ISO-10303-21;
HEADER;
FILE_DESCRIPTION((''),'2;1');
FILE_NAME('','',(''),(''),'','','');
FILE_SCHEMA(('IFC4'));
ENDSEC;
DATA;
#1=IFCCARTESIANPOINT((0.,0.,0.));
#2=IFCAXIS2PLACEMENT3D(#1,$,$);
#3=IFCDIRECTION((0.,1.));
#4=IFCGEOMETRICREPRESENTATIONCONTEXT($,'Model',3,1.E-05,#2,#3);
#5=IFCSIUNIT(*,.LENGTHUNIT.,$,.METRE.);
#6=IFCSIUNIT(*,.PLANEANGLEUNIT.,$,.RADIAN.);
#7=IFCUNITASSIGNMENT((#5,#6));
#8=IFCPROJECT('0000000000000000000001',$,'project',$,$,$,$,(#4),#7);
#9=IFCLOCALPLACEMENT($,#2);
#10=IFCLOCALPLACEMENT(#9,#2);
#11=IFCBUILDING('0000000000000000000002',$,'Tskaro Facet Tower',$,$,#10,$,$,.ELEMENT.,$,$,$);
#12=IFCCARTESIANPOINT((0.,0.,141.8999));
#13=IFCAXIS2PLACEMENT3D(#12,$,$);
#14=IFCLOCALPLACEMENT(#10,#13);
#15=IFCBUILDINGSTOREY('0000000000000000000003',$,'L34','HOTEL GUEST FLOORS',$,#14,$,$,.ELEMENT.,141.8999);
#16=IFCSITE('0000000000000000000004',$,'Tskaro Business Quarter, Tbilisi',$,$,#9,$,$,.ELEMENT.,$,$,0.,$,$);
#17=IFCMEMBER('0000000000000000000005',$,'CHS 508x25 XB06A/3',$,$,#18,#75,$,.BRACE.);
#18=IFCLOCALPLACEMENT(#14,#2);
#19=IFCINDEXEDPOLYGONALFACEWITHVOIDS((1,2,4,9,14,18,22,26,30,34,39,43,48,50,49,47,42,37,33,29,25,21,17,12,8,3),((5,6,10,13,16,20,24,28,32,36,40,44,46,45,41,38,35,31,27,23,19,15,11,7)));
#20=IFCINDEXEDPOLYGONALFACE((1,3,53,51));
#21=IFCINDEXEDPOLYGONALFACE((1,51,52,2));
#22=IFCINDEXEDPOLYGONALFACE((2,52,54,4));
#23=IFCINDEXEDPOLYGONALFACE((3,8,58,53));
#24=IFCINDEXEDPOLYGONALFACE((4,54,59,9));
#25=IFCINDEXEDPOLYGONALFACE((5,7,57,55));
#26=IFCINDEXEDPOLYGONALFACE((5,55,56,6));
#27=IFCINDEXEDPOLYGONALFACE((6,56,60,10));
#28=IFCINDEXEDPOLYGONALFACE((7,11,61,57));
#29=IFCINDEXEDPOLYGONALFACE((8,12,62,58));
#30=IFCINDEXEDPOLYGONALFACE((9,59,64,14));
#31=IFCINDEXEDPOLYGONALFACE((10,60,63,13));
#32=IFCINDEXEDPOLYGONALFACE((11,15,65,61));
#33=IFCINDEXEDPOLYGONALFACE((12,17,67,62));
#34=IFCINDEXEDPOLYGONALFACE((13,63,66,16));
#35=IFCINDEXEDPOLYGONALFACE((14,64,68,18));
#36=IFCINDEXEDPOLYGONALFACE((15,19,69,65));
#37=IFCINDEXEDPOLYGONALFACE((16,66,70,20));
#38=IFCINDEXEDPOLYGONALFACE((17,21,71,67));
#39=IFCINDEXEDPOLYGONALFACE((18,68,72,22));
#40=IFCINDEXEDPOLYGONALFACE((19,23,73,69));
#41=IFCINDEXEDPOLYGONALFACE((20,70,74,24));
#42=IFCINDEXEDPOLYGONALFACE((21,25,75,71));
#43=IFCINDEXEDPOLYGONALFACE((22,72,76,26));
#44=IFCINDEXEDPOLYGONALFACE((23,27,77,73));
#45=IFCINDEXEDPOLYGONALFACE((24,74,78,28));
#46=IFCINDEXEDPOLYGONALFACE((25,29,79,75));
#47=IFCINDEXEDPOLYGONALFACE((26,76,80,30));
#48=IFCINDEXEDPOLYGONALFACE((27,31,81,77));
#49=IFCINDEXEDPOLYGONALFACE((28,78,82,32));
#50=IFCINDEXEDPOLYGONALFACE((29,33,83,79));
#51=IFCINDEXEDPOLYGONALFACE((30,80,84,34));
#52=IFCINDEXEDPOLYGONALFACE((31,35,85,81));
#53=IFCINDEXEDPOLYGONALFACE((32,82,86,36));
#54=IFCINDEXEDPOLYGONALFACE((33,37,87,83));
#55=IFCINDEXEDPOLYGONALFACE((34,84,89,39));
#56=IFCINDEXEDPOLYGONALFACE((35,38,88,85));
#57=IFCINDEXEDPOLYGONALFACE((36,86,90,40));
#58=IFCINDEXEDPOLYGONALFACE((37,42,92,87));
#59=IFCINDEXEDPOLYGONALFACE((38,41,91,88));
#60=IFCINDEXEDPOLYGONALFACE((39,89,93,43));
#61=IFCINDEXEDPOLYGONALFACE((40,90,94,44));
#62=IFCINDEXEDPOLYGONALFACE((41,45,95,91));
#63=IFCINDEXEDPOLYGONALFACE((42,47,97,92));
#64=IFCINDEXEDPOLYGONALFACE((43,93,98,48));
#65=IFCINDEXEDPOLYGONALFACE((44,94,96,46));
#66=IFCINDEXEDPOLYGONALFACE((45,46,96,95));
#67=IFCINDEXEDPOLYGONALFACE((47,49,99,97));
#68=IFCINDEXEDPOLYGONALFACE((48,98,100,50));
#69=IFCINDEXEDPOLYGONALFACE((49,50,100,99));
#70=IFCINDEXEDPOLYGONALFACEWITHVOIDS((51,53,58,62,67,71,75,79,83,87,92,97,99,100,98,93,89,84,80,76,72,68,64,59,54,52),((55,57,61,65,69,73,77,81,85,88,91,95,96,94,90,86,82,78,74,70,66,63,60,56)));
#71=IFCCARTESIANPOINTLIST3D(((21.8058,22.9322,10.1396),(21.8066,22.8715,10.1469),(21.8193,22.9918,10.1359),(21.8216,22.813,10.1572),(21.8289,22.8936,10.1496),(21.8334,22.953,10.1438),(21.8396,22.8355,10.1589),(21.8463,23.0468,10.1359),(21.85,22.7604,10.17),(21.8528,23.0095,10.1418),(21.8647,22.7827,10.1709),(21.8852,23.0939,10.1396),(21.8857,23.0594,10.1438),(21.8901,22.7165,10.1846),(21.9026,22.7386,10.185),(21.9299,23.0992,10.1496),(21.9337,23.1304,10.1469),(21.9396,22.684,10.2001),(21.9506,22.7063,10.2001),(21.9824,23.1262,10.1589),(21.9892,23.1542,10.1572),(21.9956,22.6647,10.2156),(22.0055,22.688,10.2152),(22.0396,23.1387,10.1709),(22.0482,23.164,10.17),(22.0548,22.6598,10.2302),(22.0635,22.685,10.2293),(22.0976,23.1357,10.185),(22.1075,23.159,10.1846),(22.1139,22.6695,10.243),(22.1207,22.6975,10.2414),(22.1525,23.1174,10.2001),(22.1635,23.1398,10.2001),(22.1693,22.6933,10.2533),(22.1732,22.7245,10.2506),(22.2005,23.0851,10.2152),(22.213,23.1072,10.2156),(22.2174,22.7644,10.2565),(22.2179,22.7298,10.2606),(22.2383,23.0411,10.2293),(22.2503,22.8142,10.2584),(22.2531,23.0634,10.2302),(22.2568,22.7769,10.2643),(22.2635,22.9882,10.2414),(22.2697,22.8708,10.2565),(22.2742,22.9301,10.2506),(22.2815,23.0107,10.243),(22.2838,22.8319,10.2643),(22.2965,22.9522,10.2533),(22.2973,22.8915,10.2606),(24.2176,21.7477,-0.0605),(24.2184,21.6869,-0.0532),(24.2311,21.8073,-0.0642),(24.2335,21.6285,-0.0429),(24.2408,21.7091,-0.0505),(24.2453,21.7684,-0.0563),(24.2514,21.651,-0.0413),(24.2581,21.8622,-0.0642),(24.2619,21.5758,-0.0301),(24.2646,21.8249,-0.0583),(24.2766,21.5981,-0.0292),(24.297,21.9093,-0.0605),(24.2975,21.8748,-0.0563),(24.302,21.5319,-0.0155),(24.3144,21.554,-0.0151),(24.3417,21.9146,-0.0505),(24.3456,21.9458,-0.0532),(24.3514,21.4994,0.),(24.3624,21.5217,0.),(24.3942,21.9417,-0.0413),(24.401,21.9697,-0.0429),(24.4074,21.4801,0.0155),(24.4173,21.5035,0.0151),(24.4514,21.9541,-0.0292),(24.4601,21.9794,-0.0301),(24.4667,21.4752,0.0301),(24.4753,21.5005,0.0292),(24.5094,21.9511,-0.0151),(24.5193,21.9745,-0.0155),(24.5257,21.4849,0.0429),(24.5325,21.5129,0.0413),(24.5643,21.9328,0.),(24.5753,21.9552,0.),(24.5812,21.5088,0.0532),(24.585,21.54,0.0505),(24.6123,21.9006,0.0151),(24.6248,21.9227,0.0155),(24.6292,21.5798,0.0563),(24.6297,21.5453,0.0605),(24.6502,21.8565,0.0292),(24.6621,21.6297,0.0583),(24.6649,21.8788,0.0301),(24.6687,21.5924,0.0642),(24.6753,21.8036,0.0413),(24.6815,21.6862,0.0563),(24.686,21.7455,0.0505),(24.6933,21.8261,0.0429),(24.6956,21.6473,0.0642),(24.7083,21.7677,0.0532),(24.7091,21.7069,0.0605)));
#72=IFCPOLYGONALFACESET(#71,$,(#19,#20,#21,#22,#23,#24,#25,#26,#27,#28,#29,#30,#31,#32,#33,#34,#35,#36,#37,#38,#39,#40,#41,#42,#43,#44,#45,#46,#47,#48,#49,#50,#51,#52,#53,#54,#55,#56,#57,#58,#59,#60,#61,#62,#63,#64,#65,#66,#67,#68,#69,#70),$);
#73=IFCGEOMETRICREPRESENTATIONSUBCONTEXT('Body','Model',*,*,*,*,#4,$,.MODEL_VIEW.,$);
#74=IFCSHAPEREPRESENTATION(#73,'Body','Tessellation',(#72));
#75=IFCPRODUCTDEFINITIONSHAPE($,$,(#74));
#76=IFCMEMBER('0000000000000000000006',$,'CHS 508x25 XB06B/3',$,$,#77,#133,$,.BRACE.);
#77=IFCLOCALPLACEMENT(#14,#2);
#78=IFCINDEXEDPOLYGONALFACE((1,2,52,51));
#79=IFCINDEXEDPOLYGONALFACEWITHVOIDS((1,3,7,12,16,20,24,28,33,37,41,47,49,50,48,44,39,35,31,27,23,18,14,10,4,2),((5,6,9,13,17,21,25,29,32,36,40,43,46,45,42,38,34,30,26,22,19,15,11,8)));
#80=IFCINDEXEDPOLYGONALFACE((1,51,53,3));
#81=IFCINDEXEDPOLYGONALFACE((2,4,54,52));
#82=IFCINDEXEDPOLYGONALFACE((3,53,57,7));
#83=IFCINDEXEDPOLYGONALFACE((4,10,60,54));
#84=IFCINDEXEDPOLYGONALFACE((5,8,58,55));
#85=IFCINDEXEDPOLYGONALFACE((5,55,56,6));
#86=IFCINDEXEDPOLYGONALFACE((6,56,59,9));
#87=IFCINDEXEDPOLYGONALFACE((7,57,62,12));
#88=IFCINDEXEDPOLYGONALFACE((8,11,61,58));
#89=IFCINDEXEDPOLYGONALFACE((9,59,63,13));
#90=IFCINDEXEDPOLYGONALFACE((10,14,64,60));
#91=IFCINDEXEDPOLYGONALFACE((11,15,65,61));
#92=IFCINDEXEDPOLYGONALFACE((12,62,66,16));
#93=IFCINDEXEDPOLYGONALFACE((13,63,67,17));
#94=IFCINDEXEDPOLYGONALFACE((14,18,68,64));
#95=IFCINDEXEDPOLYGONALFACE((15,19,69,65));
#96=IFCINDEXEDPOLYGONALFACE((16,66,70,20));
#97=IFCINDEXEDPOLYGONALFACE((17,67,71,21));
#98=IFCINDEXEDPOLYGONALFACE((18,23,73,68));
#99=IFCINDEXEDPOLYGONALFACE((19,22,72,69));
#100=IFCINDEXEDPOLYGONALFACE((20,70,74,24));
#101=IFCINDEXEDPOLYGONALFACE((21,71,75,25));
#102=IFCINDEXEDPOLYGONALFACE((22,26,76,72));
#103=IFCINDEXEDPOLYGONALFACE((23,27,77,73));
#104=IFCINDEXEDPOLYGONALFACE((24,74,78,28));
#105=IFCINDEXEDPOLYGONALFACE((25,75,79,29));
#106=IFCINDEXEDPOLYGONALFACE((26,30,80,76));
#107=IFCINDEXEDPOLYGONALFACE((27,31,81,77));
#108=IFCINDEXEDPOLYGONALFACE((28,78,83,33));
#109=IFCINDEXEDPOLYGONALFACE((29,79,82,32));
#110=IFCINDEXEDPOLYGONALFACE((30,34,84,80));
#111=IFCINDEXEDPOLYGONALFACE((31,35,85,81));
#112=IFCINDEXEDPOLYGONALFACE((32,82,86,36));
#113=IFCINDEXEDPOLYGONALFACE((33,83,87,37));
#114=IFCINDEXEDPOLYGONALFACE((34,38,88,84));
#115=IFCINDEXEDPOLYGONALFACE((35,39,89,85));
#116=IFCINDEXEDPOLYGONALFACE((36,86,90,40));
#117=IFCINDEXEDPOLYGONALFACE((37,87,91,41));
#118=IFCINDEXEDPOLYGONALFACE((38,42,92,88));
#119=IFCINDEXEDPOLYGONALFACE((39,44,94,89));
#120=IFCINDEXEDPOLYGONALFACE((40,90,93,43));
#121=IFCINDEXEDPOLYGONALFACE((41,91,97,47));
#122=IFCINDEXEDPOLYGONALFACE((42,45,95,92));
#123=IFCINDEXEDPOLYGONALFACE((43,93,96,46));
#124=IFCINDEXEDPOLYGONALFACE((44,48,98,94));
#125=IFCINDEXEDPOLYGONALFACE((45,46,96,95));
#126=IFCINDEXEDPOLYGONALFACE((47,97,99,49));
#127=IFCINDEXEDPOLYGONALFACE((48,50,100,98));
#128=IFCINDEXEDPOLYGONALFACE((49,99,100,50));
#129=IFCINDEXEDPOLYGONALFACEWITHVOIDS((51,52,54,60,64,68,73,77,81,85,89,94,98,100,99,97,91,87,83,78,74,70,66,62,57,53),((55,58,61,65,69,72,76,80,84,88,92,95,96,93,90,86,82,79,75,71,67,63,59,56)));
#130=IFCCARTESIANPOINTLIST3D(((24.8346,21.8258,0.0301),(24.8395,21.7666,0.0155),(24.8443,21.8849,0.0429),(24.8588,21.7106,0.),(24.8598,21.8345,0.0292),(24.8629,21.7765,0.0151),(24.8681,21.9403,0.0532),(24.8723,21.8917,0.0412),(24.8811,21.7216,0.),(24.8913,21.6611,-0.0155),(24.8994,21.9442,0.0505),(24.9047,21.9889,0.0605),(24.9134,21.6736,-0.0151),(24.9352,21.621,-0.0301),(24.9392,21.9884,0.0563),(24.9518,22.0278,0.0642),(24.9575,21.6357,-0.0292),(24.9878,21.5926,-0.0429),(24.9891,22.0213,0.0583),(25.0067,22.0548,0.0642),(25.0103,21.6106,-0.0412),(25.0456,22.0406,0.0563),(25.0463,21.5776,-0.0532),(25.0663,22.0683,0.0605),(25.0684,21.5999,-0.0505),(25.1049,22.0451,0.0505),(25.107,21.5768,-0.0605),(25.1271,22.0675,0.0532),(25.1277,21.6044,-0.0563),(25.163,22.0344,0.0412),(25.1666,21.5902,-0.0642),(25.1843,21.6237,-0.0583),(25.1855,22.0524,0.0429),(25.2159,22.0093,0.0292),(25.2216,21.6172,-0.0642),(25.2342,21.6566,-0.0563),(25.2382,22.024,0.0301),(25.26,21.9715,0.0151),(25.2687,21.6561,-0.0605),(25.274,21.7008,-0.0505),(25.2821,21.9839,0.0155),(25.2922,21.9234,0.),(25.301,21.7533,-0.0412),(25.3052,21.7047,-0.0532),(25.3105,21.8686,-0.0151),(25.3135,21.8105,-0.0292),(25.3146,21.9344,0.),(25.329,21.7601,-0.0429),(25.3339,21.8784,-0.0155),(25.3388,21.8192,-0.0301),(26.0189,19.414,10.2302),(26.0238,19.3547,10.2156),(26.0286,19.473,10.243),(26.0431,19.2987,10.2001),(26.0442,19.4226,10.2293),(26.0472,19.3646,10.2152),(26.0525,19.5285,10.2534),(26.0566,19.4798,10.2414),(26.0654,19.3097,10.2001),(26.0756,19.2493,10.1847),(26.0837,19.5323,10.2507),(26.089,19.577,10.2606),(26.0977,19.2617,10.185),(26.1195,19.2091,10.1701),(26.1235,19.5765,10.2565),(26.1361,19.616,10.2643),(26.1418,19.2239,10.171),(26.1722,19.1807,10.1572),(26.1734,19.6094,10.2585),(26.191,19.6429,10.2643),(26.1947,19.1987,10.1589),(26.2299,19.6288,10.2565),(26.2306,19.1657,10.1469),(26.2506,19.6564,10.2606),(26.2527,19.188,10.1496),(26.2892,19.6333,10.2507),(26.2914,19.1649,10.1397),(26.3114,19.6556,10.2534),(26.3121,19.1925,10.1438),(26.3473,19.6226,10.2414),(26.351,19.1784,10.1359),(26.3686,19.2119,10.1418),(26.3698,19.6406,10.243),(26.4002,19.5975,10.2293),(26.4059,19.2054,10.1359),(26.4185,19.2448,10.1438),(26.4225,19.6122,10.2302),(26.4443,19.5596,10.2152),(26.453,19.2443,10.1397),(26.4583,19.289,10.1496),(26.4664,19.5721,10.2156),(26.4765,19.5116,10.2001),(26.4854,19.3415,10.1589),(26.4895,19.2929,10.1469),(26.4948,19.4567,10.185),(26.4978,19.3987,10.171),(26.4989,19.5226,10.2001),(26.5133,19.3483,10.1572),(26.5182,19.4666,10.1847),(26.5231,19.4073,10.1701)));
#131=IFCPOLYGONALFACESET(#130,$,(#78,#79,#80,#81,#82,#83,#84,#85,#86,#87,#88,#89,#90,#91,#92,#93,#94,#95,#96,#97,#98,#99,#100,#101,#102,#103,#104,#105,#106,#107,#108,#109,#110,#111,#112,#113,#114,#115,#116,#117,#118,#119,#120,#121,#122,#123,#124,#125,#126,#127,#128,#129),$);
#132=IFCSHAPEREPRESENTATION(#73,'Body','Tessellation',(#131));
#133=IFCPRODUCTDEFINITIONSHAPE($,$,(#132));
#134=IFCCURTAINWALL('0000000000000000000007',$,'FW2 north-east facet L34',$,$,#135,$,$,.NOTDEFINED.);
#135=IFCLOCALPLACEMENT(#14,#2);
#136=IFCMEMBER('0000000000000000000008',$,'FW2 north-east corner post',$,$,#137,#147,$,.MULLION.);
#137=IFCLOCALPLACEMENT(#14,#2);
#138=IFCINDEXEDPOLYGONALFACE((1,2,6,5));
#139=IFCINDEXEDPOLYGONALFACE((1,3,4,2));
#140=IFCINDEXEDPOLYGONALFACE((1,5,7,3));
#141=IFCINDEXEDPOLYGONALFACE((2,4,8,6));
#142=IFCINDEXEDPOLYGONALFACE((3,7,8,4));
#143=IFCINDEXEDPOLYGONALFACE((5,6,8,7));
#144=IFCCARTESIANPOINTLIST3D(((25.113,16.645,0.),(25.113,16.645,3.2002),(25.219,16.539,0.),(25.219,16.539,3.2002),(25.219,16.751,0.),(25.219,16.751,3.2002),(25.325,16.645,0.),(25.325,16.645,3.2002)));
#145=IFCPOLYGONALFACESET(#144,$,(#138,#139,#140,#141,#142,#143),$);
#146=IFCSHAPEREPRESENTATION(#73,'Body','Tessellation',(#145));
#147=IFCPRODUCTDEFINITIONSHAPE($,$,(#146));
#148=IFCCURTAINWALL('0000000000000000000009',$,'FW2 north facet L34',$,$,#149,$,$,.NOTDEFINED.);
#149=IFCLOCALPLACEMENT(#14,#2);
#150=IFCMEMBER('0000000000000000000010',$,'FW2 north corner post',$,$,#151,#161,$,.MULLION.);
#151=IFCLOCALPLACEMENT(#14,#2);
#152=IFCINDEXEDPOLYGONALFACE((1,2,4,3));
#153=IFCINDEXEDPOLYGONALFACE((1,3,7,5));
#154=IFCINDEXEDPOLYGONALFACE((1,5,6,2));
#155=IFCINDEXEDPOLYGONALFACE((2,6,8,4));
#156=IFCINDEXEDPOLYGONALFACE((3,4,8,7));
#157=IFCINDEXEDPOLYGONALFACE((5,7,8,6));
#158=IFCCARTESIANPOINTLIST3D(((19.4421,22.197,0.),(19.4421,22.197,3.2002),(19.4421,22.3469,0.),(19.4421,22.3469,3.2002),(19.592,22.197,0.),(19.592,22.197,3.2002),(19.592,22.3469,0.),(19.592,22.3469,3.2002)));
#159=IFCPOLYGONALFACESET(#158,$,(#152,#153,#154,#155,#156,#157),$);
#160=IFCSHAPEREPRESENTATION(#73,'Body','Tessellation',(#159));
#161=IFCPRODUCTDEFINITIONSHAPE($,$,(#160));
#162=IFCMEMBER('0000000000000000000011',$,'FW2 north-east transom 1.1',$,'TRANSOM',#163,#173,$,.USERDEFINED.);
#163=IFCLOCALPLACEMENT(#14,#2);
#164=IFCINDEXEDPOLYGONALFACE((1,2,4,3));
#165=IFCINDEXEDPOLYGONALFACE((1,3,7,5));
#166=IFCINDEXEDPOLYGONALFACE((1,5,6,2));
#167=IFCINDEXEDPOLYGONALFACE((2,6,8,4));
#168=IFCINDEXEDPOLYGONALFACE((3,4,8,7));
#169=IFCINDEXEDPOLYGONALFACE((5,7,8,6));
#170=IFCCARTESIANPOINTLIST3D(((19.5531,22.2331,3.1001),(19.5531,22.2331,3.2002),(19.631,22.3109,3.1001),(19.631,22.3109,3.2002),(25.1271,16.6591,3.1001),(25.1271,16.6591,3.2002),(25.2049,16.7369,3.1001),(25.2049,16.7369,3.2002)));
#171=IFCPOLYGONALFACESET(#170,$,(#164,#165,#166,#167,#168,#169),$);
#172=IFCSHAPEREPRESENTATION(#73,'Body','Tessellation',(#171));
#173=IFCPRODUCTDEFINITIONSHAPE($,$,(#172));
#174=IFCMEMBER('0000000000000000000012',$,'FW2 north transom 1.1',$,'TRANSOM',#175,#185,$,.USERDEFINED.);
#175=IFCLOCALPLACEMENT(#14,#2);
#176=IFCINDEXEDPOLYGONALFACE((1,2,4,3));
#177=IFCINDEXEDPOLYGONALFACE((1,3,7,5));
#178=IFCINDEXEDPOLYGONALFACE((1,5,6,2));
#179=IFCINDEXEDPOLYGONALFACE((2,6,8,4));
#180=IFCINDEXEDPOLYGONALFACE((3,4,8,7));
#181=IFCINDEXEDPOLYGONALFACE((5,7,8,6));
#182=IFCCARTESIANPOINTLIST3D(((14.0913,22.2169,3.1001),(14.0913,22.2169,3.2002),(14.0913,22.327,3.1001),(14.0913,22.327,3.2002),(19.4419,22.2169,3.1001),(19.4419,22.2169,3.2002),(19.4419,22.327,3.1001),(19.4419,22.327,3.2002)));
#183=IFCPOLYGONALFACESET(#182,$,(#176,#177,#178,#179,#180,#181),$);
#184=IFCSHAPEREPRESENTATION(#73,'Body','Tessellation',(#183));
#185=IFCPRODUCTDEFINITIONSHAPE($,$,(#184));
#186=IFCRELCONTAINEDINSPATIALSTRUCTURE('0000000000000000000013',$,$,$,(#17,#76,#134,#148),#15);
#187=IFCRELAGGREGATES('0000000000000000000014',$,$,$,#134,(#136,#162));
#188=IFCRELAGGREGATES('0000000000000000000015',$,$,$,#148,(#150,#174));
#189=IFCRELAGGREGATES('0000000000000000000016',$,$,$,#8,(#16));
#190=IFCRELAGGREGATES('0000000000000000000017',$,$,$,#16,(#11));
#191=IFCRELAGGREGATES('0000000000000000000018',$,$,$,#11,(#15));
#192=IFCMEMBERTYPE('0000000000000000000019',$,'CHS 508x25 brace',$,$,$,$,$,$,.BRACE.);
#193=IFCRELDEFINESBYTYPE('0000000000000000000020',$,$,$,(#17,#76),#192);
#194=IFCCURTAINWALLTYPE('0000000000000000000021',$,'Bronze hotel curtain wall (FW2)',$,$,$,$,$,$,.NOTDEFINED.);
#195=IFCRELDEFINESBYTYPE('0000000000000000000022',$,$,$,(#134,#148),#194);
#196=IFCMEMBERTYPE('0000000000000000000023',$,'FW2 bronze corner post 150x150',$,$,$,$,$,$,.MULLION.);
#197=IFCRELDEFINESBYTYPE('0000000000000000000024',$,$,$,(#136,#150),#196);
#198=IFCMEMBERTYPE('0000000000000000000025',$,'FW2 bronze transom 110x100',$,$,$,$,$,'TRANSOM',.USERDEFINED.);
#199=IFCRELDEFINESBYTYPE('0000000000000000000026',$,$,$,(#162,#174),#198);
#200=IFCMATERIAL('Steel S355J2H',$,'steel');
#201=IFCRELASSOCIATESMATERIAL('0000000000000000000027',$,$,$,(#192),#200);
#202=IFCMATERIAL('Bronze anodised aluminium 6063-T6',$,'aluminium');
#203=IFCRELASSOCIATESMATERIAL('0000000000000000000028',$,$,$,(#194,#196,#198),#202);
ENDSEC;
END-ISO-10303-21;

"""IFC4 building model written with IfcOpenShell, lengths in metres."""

from ifc_helpers import new_model, si_unit, direction, frame, origin, origin_2d, place, context, subcontext, project, spatial, rectangle, hollow_circle, extrude, material, material_profile, profile_set, type_object, element, aggregate, save


model = new_model("IFC4")

# Units and contexts
model_context = context("Model", 3, precision=1e-05, world=origin(), true_north=direction((0.0, 1.0)))
body_context = subcontext(model_context, "Body", "Model", "MODEL_VIEW")
ifc_project = project(units=[si_unit("LENGTHUNIT", "METRE"), si_unit("PLANEANGLEUNIT", "RADIAN")], contexts=[model_context])

# Site, building, storey
site_placement = place(None, origin())
site = spatial("IfcSite", under=ifc_project, at=site_placement, Name="Tskaro Business Quarter, Tbilisi", CompositionType="ELEMENT", RefElevation=0.0)
building_placement = place(site_placement, origin())
building = spatial("IfcBuilding", under=site, at=building_placement, Name="Tskaro Facet Tower", CompositionType="ELEMENT")
storey_placement = place(building_placement, frame((0.0, 0.0, 141.8999)))
storey = spatial("IfcBuildingStorey", under=building, at=storey_placement, Name="L34", Description="HOTEL GUEST FLOORS", CompositionType="ELEMENT", Elevation=141.8999)

# Shared definitions
ifc_material_1 = material(Name="Steel S355J2H", Category="steel")

# Members
ifc_material_profile_1 = material_profile(ifc_material_1, hollow_circle(Radius=0.2539, WallThickness=0.0249, at=origin_2d()), Name="CHS 508x25")
ifc_profile_set_1 = profile_set([ifc_material_profile_1], Name="Steel S355J2H")
member_type_1 = type_object("IfcMemberType", Name="CHS 508x25 brace", PredefinedType="BRACE", material=ifc_profile_set_1)
for number, where, z_axis, x_axis, name in (
    (1, (24.4634, 21.7273, 0.0), (-0.228652, 0.112301, 0.967009), (-0.440842, -0.897585, 0.0), "CHS 508x25 XB06A/3"),
    (2, (25.0867, 21.8225, 0.0), (0.112278, -0.228653, 0.967012), (0.897621, 0.440769, 0.0), "CHS 508x25 XB06B/3"),
):
    element("IfcMember", number, at=place(storey_placement, frame(where, z_axis=z_axis, x_axis=x_axis)), inside=storey, type_object=member_type_1, Name=name, PredefinedType="BRACE", context=body_context, shape_type="SweptSolid", body=[
        extrude(hollow_circle(Radius=0.2539, WallThickness=0.0249, at=origin_2d()), origin(), (0.0, 0.0, 1.0), 10.5481),
    ])

# Curtain walls, members
ifc_material_2 = material(Name="Bronze anodised aluminium 6063-T6", Category="aluminium")
curtain_wall_type = type_object("IfcCurtainWallType", Name="Bronze hotel curtain wall (FW2)", PredefinedType="NOTDEFINED", material=ifc_material_2)
curtain_wall_1_placement = place(storey_placement, origin())
curtain_wall_1 = element("IfcCurtainWall", 3, at=curtain_wall_1_placement, inside=storey, type_object=curtain_wall_type, Name="FW2 north-east facet L34", PredefinedType="NOTDEFINED")
ifc_material_profile_2 = material_profile(ifc_material_2, rectangle(XDim=0.1499, YDim=0.1499, at=origin_2d()), Name="Corner post 150x150")
ifc_profile_set_2 = profile_set([ifc_material_profile_2], Name="Bronze anodised aluminium 6063-T6")
member_type_2 = type_object("IfcMemberType", Name="FW2 bronze corner post 150x150", PredefinedType="MULLION", material=ifc_profile_set_2)
member_1_placement = place(storey_placement, frame((25.219, 16.645, 0.0), z_axis=(0.0, 0.0, 1.0), x_axis=(-0.707107, 0.707107, 0.0)))
member_1 = element("IfcMember", 4, at=member_1_placement, type_object=member_type_2, Name="FW2 north-east corner post", PredefinedType="MULLION", context=body_context, shape_type="SweptSolid", body=[
    extrude(rectangle(XDim=0.1499, YDim=0.1499, at=origin_2d()), origin(), (0.0, 0.0, 1.0), 3.2002),
])
curtain_wall_2_placement = place(storey_placement, origin())
curtain_wall_2 = element("IfcCurtainWall", 5, at=curtain_wall_2_placement, inside=storey, type_object=curtain_wall_type, Name="FW2 north facet L34", PredefinedType="NOTDEFINED")
member_2_placement = place(storey_placement, frame((19.5171, 22.272, 0.0), z_axis=(0.0, 0.0, 1.0), x_axis=(-1.0, 0.0, 0.0)))
member_2 = element("IfcMember", 6, at=member_2_placement, type_object=member_type_2, Name="FW2 north corner post", PredefinedType="MULLION", context=body_context, shape_type="SweptSolid", body=[
    extrude(rectangle(XDim=0.1499, YDim=0.1499, at=origin_2d()), origin(), (0.0, 0.0, 1.0), 3.2002),
])

# Members
ifc_material_profile_3 = material_profile(ifc_material_2, rectangle(XDim=0.1101, YDim=0.1001, at=origin_2d()), Name="Transom 110x100")
ifc_profile_set_3 = profile_set([ifc_material_profile_3], Name="Bronze anodised aluminium 6063-T6")
member_type_3 = type_object("IfcMemberType", Name="FW2 bronze transom 110x100", ElementType="TRANSOM", PredefinedType="USERDEFINED", material=ifc_profile_set_3)
member_3_placement = place(storey_placement, frame((25.166, 16.698, 3.1501), z_axis=(-0.707107, 0.707107, 0.0), x_axis=(-0.707107, -0.707107, 0.0)))
member_3 = element("IfcMember", 7, at=member_3_placement, type_object=member_type_3, Name="FW2 north-east transom 1.1", ObjectType="TRANSOM", PredefinedType="USERDEFINED", context=body_context, shape_type="SweptSolid", body=[
    extrude(rectangle(XDim=0.1101, YDim=0.1001, at=origin_2d()), origin(), (0.0, 0.0, 1.0), 7.8828),
])
member_4_placement = place(storey_placement, frame((19.4419, 22.272, 3.1501), z_axis=(-1.0, 0.0, 0.0), x_axis=(0.0, -1.0, 0.0)))
member_4 = element("IfcMember", 8, at=member_4_placement, type_object=member_type_3, Name="FW2 north transom 1.1", ObjectType="TRANSOM", PredefinedType="USERDEFINED", context=body_context, shape_type="SweptSolid", body=[
    extrude(rectangle(XDim=0.1101, YDim=0.1001, at=origin_2d()), origin(), (0.0, 0.0, 1.0), 5.3506),
])

aggregate(curtain_wall_1, [member_1, member_3])
aggregate(curtain_wall_2, [member_2, member_4])

save(model, "model.ifc")
